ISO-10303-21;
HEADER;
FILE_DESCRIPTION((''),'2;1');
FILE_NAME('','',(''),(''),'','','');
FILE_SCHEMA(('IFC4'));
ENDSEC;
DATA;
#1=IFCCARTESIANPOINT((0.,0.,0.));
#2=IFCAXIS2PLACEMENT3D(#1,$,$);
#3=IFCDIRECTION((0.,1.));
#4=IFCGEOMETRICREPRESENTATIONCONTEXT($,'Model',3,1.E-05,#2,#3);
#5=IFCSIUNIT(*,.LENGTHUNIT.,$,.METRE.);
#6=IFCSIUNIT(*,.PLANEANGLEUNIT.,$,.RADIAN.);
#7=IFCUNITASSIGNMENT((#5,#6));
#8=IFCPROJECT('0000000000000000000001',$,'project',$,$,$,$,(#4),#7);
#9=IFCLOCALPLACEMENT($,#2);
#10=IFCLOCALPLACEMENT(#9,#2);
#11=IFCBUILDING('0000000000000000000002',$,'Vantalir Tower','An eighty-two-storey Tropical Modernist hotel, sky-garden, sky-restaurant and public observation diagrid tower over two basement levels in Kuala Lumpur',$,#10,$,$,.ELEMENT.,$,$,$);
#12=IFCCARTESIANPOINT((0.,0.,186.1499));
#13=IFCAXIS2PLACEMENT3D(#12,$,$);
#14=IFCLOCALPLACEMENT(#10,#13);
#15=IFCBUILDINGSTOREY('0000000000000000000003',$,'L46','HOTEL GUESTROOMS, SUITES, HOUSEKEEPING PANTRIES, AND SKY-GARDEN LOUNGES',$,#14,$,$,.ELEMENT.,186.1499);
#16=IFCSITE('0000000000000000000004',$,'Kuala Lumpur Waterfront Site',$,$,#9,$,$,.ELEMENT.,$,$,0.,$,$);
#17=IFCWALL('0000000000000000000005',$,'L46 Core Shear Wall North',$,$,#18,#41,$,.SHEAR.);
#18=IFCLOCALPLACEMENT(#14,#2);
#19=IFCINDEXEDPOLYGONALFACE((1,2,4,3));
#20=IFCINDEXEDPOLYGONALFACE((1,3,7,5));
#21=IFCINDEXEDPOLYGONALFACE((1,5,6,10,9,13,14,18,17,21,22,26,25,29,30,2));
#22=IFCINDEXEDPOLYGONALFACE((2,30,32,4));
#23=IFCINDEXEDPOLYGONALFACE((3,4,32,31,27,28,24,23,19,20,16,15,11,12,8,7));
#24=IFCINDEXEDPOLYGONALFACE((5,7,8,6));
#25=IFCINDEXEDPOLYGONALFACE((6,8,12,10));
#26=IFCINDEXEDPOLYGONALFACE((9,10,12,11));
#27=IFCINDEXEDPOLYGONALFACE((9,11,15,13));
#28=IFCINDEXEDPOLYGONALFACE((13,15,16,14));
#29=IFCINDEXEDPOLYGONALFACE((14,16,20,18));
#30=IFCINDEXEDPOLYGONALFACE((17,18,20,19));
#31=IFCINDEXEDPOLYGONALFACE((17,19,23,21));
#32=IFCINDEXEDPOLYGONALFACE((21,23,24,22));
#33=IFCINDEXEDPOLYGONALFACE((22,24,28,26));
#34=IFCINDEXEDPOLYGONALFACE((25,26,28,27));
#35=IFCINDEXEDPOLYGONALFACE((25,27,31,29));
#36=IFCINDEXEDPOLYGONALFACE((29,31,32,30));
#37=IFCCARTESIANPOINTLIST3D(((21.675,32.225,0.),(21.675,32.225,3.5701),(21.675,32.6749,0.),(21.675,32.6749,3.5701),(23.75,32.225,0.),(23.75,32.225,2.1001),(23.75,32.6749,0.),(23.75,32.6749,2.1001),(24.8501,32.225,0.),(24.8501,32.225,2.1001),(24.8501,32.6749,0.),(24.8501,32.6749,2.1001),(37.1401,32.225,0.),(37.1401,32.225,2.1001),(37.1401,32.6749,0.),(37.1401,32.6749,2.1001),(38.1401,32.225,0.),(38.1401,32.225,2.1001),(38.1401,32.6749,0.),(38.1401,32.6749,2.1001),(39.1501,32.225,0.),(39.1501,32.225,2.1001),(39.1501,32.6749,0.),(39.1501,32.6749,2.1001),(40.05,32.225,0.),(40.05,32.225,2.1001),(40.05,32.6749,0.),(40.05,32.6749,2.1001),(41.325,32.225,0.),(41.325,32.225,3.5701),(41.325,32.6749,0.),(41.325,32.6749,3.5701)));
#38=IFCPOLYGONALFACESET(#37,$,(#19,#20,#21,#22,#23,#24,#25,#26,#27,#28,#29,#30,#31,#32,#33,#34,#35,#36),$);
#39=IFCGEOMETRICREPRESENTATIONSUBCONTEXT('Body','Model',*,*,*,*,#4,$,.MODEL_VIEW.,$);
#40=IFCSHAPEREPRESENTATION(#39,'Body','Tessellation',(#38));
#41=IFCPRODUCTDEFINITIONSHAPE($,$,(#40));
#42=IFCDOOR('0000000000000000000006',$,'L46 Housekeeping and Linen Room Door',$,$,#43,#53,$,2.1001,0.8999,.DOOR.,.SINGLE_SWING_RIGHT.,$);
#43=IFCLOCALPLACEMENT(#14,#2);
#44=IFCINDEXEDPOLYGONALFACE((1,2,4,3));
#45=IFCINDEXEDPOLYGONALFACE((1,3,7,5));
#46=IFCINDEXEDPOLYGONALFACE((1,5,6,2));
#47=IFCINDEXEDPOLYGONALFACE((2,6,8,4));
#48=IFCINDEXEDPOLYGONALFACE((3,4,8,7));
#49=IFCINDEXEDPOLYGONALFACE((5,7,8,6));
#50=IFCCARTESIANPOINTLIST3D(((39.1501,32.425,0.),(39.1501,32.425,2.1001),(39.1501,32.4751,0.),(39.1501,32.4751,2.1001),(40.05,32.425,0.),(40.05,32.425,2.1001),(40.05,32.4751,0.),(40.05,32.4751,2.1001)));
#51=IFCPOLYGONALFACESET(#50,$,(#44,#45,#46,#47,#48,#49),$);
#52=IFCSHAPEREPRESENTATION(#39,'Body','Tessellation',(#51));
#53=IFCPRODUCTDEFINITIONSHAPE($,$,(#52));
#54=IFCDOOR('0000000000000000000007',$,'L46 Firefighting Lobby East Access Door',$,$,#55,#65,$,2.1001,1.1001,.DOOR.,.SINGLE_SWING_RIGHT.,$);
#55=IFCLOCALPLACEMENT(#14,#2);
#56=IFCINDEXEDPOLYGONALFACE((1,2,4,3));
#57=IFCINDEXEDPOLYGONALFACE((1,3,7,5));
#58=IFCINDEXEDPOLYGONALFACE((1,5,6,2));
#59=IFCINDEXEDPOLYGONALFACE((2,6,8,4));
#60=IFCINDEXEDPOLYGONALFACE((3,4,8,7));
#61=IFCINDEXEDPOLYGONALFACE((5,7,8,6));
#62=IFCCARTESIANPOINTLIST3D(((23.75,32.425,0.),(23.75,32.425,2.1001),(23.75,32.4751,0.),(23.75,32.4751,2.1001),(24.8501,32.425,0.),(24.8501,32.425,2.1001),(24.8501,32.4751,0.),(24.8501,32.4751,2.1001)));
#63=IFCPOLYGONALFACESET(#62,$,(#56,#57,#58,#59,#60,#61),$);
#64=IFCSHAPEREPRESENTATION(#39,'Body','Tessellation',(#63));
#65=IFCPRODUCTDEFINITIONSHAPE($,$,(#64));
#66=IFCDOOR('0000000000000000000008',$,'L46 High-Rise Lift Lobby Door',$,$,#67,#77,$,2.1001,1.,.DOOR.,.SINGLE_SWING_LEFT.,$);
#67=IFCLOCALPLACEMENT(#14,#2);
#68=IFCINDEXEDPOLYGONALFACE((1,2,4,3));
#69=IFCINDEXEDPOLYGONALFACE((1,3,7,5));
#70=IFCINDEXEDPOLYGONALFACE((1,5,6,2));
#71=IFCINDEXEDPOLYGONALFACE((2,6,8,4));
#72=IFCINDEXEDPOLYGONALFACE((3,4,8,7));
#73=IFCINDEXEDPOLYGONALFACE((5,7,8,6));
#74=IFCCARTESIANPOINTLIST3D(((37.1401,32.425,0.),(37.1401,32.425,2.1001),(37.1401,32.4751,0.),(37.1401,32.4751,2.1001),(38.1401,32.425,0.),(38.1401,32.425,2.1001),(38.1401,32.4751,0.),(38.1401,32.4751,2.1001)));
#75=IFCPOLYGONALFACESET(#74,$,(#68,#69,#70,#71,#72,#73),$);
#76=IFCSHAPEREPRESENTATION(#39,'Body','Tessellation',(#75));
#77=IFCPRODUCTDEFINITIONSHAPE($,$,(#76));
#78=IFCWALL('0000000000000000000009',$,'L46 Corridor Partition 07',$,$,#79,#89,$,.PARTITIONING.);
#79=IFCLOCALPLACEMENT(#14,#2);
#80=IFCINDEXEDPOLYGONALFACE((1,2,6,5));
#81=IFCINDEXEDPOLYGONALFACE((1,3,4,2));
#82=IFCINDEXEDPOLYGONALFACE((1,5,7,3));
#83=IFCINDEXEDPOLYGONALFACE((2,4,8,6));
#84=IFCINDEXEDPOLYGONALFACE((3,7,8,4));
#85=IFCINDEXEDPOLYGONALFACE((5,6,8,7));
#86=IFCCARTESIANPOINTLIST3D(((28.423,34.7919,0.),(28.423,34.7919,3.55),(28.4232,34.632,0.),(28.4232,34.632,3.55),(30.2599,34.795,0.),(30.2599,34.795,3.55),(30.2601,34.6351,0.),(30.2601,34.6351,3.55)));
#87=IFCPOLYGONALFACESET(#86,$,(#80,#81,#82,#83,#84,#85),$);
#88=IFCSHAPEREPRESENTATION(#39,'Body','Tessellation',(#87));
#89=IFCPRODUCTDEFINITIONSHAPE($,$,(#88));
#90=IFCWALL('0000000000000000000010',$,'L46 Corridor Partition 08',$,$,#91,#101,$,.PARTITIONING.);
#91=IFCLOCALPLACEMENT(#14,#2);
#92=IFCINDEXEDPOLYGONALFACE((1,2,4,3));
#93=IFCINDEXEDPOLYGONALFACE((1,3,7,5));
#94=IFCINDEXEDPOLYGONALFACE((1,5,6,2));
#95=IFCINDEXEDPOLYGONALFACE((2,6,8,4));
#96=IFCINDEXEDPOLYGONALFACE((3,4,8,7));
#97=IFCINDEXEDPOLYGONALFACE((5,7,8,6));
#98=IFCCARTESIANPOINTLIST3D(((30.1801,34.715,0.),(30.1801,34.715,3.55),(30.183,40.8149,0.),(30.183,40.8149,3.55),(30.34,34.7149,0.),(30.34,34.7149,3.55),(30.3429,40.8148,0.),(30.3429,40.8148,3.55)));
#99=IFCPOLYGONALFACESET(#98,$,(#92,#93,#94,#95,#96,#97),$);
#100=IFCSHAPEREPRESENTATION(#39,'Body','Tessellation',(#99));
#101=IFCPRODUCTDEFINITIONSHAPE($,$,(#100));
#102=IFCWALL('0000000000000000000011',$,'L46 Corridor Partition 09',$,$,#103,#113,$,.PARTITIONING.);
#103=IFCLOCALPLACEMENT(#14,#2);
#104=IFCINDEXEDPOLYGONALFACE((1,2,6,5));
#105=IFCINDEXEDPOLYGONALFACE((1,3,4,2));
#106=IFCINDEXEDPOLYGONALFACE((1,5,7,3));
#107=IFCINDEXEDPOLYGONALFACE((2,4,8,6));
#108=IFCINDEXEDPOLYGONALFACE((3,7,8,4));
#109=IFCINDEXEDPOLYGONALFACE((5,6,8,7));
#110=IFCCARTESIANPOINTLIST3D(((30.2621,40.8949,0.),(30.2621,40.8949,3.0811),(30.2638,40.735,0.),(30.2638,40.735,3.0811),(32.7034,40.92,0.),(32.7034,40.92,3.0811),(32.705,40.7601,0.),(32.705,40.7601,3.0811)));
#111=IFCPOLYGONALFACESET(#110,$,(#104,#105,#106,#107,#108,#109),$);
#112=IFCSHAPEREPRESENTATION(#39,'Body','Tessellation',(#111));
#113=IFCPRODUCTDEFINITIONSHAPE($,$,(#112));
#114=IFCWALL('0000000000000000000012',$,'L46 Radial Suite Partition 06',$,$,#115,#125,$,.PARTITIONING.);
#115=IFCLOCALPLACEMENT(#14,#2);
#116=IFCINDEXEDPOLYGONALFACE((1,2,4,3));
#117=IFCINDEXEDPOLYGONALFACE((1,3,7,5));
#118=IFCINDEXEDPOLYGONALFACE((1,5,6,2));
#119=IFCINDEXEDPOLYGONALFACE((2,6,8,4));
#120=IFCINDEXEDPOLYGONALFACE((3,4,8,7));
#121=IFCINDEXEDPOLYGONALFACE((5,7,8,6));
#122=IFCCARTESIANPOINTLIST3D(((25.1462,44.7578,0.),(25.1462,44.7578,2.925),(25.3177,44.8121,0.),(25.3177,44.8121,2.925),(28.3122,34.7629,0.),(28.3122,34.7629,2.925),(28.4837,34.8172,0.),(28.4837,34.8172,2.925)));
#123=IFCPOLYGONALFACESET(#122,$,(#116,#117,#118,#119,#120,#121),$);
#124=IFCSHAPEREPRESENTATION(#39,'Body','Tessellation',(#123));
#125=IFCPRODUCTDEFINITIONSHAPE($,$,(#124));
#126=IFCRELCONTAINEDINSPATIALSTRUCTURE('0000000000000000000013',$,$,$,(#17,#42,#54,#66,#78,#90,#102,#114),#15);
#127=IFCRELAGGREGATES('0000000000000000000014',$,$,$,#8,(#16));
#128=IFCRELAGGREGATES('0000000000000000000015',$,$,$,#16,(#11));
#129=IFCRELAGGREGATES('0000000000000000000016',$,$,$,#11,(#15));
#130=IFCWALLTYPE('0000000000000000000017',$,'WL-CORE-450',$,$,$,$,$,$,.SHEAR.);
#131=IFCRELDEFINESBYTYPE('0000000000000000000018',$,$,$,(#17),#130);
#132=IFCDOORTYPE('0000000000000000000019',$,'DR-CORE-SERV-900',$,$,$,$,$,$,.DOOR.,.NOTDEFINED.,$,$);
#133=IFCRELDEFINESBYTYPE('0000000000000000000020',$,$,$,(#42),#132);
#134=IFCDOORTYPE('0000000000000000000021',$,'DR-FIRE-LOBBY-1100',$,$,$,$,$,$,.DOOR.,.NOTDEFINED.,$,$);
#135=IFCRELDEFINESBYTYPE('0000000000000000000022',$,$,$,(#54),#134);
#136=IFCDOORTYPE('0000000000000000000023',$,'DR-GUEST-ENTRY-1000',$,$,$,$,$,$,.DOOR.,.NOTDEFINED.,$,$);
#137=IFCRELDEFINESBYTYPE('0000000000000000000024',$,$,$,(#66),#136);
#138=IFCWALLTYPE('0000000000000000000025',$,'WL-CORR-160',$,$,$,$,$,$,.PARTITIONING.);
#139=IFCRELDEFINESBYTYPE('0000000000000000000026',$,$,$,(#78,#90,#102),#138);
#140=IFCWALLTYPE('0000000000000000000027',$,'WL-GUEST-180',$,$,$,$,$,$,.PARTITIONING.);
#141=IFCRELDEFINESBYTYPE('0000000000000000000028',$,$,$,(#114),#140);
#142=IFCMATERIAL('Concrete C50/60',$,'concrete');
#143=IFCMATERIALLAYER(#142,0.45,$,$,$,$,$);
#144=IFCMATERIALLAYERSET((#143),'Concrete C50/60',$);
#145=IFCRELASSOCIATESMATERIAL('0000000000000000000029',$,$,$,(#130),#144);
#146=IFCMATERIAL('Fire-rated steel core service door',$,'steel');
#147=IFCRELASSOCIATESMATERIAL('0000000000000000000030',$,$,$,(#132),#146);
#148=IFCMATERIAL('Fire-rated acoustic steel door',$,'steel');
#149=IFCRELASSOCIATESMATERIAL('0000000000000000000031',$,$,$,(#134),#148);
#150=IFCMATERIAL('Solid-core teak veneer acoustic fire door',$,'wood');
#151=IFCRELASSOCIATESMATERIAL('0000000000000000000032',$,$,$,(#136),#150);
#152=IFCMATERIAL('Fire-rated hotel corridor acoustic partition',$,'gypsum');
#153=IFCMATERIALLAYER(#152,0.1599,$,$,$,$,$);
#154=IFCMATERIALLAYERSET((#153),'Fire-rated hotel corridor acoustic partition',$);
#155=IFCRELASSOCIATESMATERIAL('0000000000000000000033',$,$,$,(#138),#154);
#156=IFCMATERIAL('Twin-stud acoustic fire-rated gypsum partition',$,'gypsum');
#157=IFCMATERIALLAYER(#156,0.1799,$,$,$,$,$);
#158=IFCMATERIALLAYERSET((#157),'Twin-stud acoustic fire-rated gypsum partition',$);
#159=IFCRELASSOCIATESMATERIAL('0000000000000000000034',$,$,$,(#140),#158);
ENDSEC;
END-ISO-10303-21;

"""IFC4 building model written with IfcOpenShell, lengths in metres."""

from ifc_helpers import new_model, si_unit, direction, frame, frame_2d, origin, place, context, subcontext, project, spatial, rectangle, extrude, material, layer, layer_set, type_object, element, fill, save


model = new_model("IFC4")

# Units and contexts
model_context = context("Model", 3, precision=1e-05, world=origin(), true_north=direction((0.0, 1.0)))
body_context = subcontext(model_context, "Body", "Model", "MODEL_VIEW")
ifc_project = project(units=[si_unit("LENGTHUNIT", "METRE"), si_unit("PLANEANGLEUNIT", "RADIAN")], contexts=[model_context])

# Site, building, storey
site_placement = place(None, origin())
site = spatial("IfcSite", under=ifc_project, at=site_placement, Name="Kuala Lumpur Waterfront Site", CompositionType="ELEMENT", RefElevation=0.0)
building_placement = place(site_placement, origin())
building = spatial("IfcBuilding", under=site, at=building_placement, Name="Vantalir Tower", Description="An eighty-two-storey Tropical Modernist hotel, sky-garden, sky-restaurant and public observation diagrid tower over two basement levels in Kuala Lumpur", CompositionType="ELEMENT")
storey_placement = place(building_placement, frame((0.0, 0.0, 186.1499)))
storey = spatial("IfcBuildingStorey", under=building, at=storey_placement, Name="L46", Description="HOTEL GUESTROOMS, SUITES, HOUSEKEEPING PANTRIES, AND SKY-GARDEN LOUNGES", CompositionType="ELEMENT", Elevation=186.1499)

# Shared definitions
ifc_material_1 = material(Name="Concrete C50/60", Category="concrete")

# Wall, openings, doors
ifc_layer_1 = layer(ifc_material_1, 0.45)
ifc_layer_set_1 = layer_set([ifc_layer_1], Name="Concrete C50/60")
wall_type_1 = type_object("IfcWallType", Name="WL-CORE-450", PredefinedType="SHEAR", material=ifc_layer_set_1)
wall_1_placement = place(storey_placement, frame((21.675, 32.45, 0.0), z_axis=(0.0, 0.0, 1.0), x_axis=(1.0, 0.0, 0.0)))
wall_1 = element("IfcWall", 1, at=wall_1_placement, inside=storey, type_object=wall_type_1, Name="L46 Core Shear Wall North", PredefinedType="SHEAR", context=body_context, shape_type="SweptSolid", body=[
    extrude(rectangle(XDim=19.6499, YDim=0.45, at=frame_2d((9.825, 0.0))), origin(), (0.0, 0.0, 1.0), 3.5701),
])
opening_1_placement = place(wall_1_placement, frame((2.075, 0.0, 0.0)))
opening_1 = element("IfcOpeningElement", 2, at=opening_1_placement, cuts=wall_1, PredefinedType="OPENING", context=body_context, shape_type="SweptSolid", body=[
    extrude(rectangle(XDim=1.1001, YDim=2.1001, at=frame_2d((0.55, 1.05))), frame((0.0, 0.2349, 0.0), z_axis=(0.0, -1.0, 0.0), x_axis=(1.0, 0.0, 0.0)), (0.0, 0.0, 1.0), 0.47),
])
opening_2_placement = place(wall_1_placement, frame((15.4651, 0.0, 0.0)))
opening_2 = element("IfcOpeningElement", 3, at=opening_2_placement, cuts=wall_1, PredefinedType="OPENING", context=body_context, shape_type="SweptSolid", body=[
    extrude(rectangle(XDim=1.0, YDim=2.1001, at=frame_2d((0.5, 1.05))), frame((0.0, 0.2349, 0.0), z_axis=(0.0, -1.0, 0.0), x_axis=(1.0, 0.0, 0.0)), (0.0, 0.0, 1.0), 0.47),
])
opening_3_placement = place(wall_1_placement, frame((17.4751, 0.0, 0.0)))
opening_3 = element("IfcOpeningElement", 4, at=opening_3_placement, cuts=wall_1, PredefinedType="OPENING", context=body_context, shape_type="SweptSolid", body=[
    extrude(rectangle(XDim=0.8999, YDim=2.1001, at=frame_2d((0.45, 1.05))), frame((0.0, 0.2349, 0.0), z_axis=(0.0, -1.0, 0.0), x_axis=(1.0, 0.0, 0.0)), (0.0, 0.0, 1.0), 0.47),
])
ifc_material_2 = material(Name="Fire-rated steel core service door", Category="steel")
door_type_1 = type_object("IfcDoorType", Name="DR-CORE-SERV-900", OperationType="NOTDEFINED", PredefinedType="DOOR", material=ifc_material_2)
door_1_placement = place(opening_3_placement, frame((0.8999, 0.0, 0.0), z_axis=(0.0, 0.0, 1.0), x_axis=(-1.0, 0.0, 0.0)))
door_1 = element("IfcDoor", 5, at=door_1_placement, inside=storey, type_object=door_type_1, Name="L46 Housekeeping and Linen Room Door", OperationType="SINGLE_SWING_RIGHT", OverallHeight=2.1001, OverallWidth=0.8999, PredefinedType="DOOR", context=body_context, shape_type="SweptSolid", body=[
    extrude(rectangle(XDim=0.8999, YDim=2.1001, at=frame_2d((0.45, 1.05))), frame((0.0, 0.0249, 0.0), z_axis=(0.0, -1.0, 0.0), x_axis=(1.0, 0.0, 0.0)), (0.0, 0.0, 1.0), 0.05),
])
fill(opening_3, door_1)
ifc_material_3 = material(Name="Fire-rated acoustic steel door", Category="steel")
door_type_2 = type_object("IfcDoorType", Name="DR-FIRE-LOBBY-1100", OperationType="NOTDEFINED", PredefinedType="DOOR", material=ifc_material_3)
door_2_placement = place(opening_1_placement, frame((1.1001, 0.0, 0.0), z_axis=(0.0, 0.0, 1.0), x_axis=(-1.0, 0.0, 0.0)))
door_2 = element("IfcDoor", 6, at=door_2_placement, inside=storey, type_object=door_type_2, Name="L46 Firefighting Lobby East Access Door", OperationType="SINGLE_SWING_RIGHT", OverallHeight=2.1001, OverallWidth=1.1001, PredefinedType="DOOR", context=body_context, shape_type="SweptSolid", body=[
    extrude(rectangle(XDim=1.1001, YDim=2.1001, at=frame_2d((0.55, 1.05))), frame((0.0, 0.0249, 0.0), z_axis=(0.0, -1.0, 0.0), x_axis=(1.0, 0.0, 0.0)), (0.0, 0.0, 1.0), 0.05),
])
fill(opening_1, door_2)
ifc_material_4 = material(Name="Solid-core teak veneer acoustic fire door", Category="wood")
door_type_3 = type_object("IfcDoorType", Name="DR-GUEST-ENTRY-1000", OperationType="NOTDEFINED", PredefinedType="DOOR", material=ifc_material_4)
door_3_placement = place(opening_2_placement, frame((1.0, 0.0, 0.0), z_axis=(0.0, 0.0, 1.0), x_axis=(-1.0, 0.0, 0.0)))
door_3 = element("IfcDoor", 7, at=door_3_placement, inside=storey, type_object=door_type_3, Name="L46 High-Rise Lift Lobby Door", OperationType="SINGLE_SWING_LEFT", OverallHeight=2.1001, OverallWidth=1.0, PredefinedType="DOOR", context=body_context, shape_type="SweptSolid", body=[
    extrude(rectangle(XDim=1.0, YDim=2.1001, at=frame_2d((0.5, 1.05))), frame((0.0, 0.0249, 0.0), z_axis=(0.0, -1.0, 0.0), x_axis=(1.0, 0.0, 0.0)), (0.0, 0.0, 1.0), 0.05),
])
fill(opening_2, door_3)

# Walls
ifc_material_5 = material(Name="Fire-rated hotel corridor acoustic partition", Category="gypsum")
ifc_layer_2 = layer(ifc_material_5, 0.1599)
ifc_layer_set_2 = layer_set([ifc_layer_2], Name="Fire-rated hotel corridor acoustic partition")
wall_type_2 = type_object("IfcWallType", Name="WL-CORR-160", PredefinedType="PARTITIONING", material=ifc_layer_set_2)
wall_2_placement = place(storey_placement, frame((28.4231, 34.7119, 0.0), z_axis=(0.0, 0.0, 1.0), x_axis=(0.999999, 0.001728, 0.0)))
element("IfcWall", 8, at=wall_2_placement, inside=storey, type_object=wall_type_2, Name="L46 Corridor Partition 07", PredefinedType="PARTITIONING", context=body_context, shape_type="SweptSolid", body=[
    extrude(rectangle(XDim=1.8369, YDim=0.1599, at=frame_2d((0.9185, 0.0))), origin(), (0.0, 0.0, 1.0), 3.55),
])
wall_3_placement = place(storey_placement, frame((30.26, 34.7151, 0.0), z_axis=(0.0, 0.0, 1.0), x_axis=(0.00048, 1.0, 0.0)))
element("IfcWall", 9, at=wall_3_placement, inside=storey, type_object=wall_type_2, Name="L46 Corridor Partition 08", PredefinedType="PARTITIONING", context=body_context, shape_type="SweptSolid", body=[
    extrude(rectangle(XDim=6.0999, YDim=0.1599, at=frame_2d((3.0498, 0.0))), origin(), (0.0, 0.0, 1.0), 3.55),
])
wall_4_placement = place(storey_placement, frame((30.2629, 40.8149, 0.0), z_axis=(0.0, 0.0, 1.0), x_axis=(0.999947, 0.0103, 0.0)))
element("IfcWall", 10, at=wall_4_placement, inside=storey, type_object=wall_type_2, Name="L46 Corridor Partition 09", PredefinedType="PARTITIONING", context=body_context, shape_type="SweptSolid", body=[
    extrude(rectangle(XDim=2.4414, YDim=0.1599, at=frame_2d((1.2207, 0.0))), origin(), (0.0, 0.0, 1.0), 3.0811),
])
ifc_material_6 = material(Name="Twin-stud acoustic fire-rated gypsum partition", Category="gypsum")
ifc_layer_3 = layer(ifc_material_6, 0.1799)
ifc_layer_set_3 = layer_set([ifc_layer_3], Name="Twin-stud acoustic fire-rated gypsum partition")
wall_type_3 = type_object("IfcWallType", Name="WL-GUEST-180", PredefinedType="PARTITIONING", material=ifc_layer_set_3)
wall_5_placement = place(storey_placement, frame((28.3979, 34.79, 0.0), z_axis=(0.0, 0.0, 1.0), x_axis=(-0.301976, 0.953316, 0.0)))
element("IfcWall", 11, at=wall_5_placement, inside=storey, type_object=wall_type_3, Name="L46 Radial Suite Partition 06", PredefinedType="PARTITIONING", context=body_context, shape_type="SweptSolid", body=[
    extrude(rectangle(XDim=10.4844, YDim=0.1799, at=frame_2d((5.2422, 0.0))), origin(), (0.0, 0.0, 1.0), 2.925),
])

save(model, "model.ifc")
